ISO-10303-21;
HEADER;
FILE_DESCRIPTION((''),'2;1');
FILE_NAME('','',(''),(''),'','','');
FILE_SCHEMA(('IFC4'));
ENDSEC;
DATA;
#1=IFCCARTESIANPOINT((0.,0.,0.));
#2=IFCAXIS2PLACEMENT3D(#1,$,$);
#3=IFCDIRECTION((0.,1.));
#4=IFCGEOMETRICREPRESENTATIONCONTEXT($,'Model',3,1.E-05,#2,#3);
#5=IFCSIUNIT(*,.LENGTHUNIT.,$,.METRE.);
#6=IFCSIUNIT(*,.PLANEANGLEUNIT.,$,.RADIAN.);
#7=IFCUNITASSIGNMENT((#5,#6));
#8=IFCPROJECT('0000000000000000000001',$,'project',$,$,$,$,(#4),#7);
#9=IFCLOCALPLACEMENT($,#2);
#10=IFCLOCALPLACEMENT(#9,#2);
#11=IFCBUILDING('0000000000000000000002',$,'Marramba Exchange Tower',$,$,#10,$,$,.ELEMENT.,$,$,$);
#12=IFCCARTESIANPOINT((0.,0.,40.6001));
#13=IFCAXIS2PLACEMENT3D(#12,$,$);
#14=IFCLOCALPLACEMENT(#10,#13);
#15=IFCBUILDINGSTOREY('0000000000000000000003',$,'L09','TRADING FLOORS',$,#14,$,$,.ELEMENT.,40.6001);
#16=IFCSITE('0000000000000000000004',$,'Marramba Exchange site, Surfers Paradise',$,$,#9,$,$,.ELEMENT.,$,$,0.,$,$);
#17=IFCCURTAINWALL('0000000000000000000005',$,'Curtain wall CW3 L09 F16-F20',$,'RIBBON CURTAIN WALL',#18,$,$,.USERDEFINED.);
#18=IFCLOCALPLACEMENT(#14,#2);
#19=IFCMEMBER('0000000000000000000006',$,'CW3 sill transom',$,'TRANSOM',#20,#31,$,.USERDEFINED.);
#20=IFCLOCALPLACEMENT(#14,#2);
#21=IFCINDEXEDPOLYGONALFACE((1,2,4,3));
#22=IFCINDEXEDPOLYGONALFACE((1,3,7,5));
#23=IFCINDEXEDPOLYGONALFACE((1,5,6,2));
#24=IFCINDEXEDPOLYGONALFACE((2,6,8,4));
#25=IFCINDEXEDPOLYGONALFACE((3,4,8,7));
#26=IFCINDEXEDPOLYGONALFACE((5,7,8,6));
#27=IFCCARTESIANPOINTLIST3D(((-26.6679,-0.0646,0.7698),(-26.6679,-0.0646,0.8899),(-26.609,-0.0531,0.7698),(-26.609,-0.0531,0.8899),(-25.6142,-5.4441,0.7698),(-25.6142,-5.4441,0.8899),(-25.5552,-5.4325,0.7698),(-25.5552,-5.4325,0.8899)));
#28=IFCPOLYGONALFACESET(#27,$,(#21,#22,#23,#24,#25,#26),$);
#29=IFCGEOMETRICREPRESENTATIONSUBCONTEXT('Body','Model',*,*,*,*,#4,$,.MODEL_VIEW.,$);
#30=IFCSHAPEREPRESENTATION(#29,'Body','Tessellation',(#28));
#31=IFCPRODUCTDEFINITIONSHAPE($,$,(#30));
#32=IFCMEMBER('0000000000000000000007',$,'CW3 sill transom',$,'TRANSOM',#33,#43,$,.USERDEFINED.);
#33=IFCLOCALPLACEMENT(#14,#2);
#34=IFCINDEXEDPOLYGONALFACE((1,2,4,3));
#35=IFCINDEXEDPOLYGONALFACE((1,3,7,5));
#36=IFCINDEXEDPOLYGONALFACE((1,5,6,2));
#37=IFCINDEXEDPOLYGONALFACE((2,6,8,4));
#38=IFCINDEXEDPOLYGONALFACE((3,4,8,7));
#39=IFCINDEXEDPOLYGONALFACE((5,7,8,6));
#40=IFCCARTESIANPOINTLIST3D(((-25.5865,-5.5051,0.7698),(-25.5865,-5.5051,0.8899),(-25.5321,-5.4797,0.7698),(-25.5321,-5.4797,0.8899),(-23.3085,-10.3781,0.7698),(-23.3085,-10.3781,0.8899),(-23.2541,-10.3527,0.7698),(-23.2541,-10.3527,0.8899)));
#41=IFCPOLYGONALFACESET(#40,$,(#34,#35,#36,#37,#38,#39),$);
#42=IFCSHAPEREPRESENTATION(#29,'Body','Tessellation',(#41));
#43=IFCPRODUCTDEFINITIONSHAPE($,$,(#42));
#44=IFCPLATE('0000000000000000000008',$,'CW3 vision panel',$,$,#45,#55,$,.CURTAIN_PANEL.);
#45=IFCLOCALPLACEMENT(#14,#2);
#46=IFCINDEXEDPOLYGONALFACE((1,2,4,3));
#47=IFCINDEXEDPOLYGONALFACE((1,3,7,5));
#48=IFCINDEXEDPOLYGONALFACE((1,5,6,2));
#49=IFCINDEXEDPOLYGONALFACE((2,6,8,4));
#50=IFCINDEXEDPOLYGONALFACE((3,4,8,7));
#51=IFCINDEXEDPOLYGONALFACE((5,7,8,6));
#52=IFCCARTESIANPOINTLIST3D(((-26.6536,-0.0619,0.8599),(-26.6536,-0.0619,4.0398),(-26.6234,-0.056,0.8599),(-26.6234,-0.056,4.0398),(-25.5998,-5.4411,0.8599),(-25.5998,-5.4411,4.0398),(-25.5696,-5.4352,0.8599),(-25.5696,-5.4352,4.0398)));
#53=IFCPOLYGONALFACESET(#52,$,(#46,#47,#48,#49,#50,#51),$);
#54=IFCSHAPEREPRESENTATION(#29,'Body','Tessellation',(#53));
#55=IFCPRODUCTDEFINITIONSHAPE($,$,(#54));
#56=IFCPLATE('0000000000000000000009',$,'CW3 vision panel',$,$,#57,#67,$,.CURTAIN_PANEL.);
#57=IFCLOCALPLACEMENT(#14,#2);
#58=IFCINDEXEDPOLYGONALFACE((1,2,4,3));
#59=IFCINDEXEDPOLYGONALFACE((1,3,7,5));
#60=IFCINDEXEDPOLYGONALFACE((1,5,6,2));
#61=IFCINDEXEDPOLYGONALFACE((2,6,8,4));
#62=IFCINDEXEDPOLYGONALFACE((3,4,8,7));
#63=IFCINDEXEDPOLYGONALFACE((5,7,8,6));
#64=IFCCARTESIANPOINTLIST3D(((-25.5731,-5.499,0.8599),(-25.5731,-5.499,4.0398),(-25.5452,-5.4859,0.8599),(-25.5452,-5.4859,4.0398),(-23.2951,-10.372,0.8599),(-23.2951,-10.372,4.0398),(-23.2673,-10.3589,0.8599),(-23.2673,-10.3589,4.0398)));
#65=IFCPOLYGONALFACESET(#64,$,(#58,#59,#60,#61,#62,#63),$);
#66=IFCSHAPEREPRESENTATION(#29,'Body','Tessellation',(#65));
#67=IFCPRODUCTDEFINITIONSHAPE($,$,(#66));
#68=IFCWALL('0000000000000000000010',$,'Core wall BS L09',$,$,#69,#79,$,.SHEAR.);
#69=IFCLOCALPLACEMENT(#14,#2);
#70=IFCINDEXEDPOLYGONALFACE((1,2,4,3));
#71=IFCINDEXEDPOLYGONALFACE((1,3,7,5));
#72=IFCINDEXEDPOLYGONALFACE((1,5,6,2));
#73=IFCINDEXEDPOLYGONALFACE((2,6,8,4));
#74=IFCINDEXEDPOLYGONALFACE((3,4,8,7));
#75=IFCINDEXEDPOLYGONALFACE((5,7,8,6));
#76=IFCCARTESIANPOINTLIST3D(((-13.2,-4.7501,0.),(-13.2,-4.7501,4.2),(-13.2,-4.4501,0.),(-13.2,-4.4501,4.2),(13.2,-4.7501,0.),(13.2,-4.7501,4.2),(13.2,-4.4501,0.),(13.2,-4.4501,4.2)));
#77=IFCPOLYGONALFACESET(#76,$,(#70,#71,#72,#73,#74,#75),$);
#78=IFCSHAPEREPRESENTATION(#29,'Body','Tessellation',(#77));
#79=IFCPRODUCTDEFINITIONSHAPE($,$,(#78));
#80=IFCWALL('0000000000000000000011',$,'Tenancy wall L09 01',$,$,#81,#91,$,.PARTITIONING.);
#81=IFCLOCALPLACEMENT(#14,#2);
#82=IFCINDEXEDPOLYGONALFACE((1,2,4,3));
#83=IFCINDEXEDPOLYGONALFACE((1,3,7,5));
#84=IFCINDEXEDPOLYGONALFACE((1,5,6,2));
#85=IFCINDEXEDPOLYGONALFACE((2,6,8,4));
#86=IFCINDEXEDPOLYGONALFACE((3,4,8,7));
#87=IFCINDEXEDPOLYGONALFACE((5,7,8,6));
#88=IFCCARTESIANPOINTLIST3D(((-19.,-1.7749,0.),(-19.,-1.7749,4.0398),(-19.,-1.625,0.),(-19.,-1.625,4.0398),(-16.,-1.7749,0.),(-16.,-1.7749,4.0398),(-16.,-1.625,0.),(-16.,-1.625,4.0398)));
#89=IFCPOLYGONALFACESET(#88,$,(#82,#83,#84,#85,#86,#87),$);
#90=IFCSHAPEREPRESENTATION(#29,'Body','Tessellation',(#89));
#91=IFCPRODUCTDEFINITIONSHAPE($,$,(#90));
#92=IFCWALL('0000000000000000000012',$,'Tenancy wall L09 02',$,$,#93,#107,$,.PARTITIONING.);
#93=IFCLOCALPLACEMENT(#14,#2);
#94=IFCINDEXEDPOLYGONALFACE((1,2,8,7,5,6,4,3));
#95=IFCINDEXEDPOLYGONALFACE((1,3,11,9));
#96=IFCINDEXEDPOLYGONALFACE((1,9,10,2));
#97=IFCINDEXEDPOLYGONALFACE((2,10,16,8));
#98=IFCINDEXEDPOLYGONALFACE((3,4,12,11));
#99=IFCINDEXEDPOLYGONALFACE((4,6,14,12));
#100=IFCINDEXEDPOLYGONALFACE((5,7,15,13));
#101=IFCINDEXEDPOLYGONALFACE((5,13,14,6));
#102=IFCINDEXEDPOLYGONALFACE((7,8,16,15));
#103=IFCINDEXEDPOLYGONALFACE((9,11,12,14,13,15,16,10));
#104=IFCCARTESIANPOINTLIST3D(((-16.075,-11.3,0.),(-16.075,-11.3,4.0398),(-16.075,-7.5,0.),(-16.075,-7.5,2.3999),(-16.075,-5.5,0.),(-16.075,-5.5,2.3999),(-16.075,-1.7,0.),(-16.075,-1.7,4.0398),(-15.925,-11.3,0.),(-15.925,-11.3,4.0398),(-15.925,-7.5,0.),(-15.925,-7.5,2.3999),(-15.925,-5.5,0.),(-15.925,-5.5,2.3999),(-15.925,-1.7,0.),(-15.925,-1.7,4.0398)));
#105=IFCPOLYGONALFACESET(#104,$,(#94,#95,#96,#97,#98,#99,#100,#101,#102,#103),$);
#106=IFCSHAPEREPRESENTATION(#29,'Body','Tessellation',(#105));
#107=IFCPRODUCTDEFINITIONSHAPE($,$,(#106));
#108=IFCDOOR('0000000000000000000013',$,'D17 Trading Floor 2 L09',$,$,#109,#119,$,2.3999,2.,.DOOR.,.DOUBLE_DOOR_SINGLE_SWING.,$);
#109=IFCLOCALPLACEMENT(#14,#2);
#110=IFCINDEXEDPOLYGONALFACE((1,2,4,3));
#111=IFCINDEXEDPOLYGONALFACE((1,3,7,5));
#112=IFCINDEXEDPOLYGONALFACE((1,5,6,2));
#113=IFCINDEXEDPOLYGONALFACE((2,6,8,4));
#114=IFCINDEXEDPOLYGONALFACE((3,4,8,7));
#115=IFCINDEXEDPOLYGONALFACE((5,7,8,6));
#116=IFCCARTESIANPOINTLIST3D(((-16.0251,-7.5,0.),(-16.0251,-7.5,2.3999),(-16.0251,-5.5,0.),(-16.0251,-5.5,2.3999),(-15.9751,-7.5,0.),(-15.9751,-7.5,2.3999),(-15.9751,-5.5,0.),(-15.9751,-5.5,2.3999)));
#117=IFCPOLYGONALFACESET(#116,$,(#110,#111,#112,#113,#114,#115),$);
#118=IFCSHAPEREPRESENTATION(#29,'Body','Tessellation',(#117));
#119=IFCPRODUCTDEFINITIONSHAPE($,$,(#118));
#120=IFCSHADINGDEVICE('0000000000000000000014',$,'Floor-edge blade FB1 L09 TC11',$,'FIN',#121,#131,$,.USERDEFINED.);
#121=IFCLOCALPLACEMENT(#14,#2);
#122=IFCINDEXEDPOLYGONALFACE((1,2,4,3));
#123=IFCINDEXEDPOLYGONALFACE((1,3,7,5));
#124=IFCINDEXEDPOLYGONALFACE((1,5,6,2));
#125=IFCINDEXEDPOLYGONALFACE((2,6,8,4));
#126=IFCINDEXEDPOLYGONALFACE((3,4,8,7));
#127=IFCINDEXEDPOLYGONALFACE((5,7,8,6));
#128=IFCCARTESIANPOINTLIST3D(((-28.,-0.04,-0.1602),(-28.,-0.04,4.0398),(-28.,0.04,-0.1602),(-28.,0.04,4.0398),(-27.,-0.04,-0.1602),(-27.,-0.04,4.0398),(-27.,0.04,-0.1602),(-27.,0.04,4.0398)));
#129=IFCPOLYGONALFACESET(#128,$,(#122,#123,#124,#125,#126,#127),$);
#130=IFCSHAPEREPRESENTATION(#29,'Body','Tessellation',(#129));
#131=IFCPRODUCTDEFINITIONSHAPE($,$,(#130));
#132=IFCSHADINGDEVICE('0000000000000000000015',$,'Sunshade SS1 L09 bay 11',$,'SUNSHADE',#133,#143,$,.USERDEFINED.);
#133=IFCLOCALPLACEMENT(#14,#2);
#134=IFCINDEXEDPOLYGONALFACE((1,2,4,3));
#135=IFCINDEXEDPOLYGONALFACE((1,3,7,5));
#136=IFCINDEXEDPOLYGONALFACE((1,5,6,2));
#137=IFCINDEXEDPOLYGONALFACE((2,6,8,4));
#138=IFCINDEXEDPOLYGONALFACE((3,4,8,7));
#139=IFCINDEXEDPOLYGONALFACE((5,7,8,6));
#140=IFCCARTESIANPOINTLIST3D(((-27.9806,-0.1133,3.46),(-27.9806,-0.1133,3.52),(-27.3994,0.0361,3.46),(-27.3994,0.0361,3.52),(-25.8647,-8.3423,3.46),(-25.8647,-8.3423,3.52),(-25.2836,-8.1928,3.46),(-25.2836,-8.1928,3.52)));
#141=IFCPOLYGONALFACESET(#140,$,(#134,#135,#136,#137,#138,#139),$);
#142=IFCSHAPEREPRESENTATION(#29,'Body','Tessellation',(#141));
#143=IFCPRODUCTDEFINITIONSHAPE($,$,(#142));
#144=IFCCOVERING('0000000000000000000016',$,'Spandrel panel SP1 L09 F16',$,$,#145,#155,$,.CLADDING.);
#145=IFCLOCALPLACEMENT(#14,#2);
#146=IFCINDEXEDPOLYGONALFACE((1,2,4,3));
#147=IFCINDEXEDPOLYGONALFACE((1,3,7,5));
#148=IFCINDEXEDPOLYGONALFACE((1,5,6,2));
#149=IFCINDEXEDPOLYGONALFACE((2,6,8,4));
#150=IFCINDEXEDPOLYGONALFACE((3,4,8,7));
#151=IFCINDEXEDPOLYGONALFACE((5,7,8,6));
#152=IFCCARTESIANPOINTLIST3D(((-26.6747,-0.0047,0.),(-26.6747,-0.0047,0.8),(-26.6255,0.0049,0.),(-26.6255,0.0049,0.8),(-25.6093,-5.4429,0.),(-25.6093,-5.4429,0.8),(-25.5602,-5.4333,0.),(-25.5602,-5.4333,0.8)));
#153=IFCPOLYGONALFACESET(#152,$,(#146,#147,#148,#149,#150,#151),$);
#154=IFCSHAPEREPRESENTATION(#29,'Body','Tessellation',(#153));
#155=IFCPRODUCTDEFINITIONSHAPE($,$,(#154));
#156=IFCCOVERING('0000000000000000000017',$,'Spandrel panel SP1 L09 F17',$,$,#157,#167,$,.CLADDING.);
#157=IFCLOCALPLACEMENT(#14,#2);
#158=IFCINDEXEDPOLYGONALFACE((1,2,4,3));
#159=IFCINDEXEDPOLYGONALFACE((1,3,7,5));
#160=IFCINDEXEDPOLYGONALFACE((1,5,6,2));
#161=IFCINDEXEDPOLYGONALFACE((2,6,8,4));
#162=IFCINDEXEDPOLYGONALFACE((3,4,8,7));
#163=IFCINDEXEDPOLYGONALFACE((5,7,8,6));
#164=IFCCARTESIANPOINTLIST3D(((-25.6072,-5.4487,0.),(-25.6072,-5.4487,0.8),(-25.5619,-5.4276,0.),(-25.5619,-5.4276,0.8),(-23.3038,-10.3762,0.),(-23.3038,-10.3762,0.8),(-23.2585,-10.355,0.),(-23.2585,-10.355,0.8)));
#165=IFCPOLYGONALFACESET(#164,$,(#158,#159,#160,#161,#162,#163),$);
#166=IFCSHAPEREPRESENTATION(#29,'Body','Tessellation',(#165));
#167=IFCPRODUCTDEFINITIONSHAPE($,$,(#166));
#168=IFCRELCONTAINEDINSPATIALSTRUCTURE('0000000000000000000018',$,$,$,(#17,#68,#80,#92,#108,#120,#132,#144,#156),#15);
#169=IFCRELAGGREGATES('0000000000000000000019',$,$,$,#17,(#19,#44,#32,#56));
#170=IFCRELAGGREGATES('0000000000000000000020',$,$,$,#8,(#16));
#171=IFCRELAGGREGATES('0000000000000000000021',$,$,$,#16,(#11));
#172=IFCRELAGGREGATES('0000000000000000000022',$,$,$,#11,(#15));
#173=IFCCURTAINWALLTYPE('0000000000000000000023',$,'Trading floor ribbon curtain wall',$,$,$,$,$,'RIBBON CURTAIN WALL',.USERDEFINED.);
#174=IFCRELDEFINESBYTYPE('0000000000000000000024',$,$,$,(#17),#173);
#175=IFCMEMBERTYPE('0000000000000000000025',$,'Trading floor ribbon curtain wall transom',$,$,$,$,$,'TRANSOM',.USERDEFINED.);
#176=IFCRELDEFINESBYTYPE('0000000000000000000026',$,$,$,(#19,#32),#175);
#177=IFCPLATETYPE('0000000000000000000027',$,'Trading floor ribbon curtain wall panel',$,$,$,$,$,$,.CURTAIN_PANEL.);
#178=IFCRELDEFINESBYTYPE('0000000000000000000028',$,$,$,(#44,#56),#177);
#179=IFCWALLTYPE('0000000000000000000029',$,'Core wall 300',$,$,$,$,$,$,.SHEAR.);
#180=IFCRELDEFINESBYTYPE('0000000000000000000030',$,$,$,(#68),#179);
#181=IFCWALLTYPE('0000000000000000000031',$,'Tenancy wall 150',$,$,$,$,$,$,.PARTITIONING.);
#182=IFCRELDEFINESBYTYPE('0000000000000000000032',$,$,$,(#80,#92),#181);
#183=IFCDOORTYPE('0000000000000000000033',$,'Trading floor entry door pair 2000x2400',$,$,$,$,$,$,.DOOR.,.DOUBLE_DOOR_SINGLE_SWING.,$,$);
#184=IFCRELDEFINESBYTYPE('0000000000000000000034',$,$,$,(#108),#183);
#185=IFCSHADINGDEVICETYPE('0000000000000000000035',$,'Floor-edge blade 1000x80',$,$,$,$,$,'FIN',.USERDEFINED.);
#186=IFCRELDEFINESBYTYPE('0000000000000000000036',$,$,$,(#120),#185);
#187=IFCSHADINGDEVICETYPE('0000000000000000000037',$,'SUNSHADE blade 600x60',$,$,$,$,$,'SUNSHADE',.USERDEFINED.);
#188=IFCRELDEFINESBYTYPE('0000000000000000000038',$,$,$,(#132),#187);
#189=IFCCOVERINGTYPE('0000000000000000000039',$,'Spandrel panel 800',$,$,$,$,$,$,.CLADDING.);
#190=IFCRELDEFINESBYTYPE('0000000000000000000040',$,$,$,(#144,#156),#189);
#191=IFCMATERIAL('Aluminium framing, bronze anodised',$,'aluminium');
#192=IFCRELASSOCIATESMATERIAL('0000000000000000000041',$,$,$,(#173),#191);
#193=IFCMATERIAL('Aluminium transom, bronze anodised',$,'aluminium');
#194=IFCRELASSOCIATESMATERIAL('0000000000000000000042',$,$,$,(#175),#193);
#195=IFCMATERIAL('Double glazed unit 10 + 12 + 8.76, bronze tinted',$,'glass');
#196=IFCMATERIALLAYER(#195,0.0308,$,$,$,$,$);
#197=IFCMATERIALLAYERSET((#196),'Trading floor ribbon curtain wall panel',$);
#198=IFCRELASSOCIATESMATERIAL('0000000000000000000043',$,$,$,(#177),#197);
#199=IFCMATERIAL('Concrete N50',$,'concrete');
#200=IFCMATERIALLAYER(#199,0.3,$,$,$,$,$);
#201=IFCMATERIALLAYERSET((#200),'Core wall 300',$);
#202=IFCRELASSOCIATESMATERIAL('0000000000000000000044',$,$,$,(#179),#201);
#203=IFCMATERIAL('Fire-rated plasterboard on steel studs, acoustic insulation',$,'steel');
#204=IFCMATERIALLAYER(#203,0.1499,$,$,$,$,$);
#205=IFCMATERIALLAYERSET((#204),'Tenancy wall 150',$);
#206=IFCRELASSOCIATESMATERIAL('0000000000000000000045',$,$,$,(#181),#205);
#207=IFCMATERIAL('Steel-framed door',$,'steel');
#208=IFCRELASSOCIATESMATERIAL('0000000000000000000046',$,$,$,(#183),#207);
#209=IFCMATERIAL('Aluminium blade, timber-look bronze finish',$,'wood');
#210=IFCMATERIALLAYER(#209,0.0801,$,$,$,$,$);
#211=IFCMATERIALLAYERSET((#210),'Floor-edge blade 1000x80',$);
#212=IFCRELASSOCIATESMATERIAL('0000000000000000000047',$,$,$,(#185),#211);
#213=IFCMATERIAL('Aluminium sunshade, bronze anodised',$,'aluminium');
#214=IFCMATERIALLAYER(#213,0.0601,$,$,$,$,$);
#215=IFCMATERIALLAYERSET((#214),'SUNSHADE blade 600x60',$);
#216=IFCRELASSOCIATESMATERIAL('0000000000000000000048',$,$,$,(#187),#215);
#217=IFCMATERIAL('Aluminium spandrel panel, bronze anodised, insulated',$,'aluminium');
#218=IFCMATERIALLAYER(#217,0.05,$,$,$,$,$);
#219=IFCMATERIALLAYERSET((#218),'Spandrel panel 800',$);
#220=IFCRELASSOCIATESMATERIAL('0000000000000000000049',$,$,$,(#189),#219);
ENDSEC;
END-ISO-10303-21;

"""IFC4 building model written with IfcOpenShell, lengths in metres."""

from ifc_helpers import new_model, si_unit, direction, frame, frame_2d, origin, origin_2d, place, context, subcontext, project, spatial, rectangle, extrude, material, layer, layer_set, material_profile, profile_set, type_object, element, fill, aggregate, save


model = new_model("IFC4")

# Units and contexts
model_context = context("Model", 3, precision=1e-05, world=origin(), true_north=direction((0.0, 1.0)))
body_context = subcontext(model_context, "Body", "Model", "MODEL_VIEW")
ifc_project = project(units=[si_unit("LENGTHUNIT", "METRE"), si_unit("PLANEANGLEUNIT", "RADIAN")], contexts=[model_context])

# Site, building, storey
site_placement = place(None, origin())
site = spatial("IfcSite", under=ifc_project, at=site_placement, Name="Marramba Exchange site, Surfers Paradise", CompositionType="ELEMENT", RefElevation=0.0)
building_placement = place(site_placement, origin())
building = spatial("IfcBuilding", under=site, at=building_placement, Name="Marramba Exchange Tower", CompositionType="ELEMENT")
storey_placement = place(building_placement, frame((0.0, 0.0, 40.6001)))
storey = spatial("IfcBuildingStorey", under=building, at=storey_placement, Name="L09", Description="TRADING FLOORS", CompositionType="ELEMENT", Elevation=40.6001)

# Shared definitions
ifc_material_1 = material(Name="Concrete N50", Category="concrete")

# Curtain wall, members, plates
ifc_material_2 = material(Name="Aluminium framing, bronze anodised", Category="aluminium")
curtain_wall_type = type_object("IfcCurtainWallType", Name="Trading floor ribbon curtain wall", ElementType="RIBBON CURTAIN WALL", PredefinedType="USERDEFINED", material=ifc_material_2)
curtain_wall_placement = place(storey_placement, origin())
curtain_wall = element("IfcCurtainWall", 1, at=curtain_wall_placement, inside=storey, type_object=curtain_wall_type, Name="Curtain wall CW3 L09 F16-F20", ObjectType="RIBBON CURTAIN WALL", PredefinedType="USERDEFINED")
ifc_material_3 = material(Name="Aluminium transom, bronze anodised", Category="aluminium")
ifc_material_profile_1 = material_profile(ifc_material_3, rectangle(XDim=0.0601, YDim=0.1201, at=origin_2d()), Name="CW3 transom 60x120")
ifc_profile_set_1 = profile_set([ifc_material_profile_1], Name="Aluminium transom, bronze anodised")
member_type_1 = type_object("IfcMemberType", Name="Trading floor ribbon curtain wall transom", ElementType="TRANSOM", PredefinedType="USERDEFINED", material=ifc_profile_set_1)
member_1_placement = place(storey_placement, frame((-26.6384, -0.0588, 0.8298), z_axis=(0.192226, -0.981351, 0.0), x_axis=(0.981351, 0.192226, 0.0)))
member_1 = element("IfcMember", 2, at=member_1_placement, type_object=member_type_1, Name="CW3 sill transom", ObjectType="TRANSOM", PredefinedType="USERDEFINED", context=body_context, shape_type="SweptSolid", body=[
    extrude(rectangle(XDim=0.0601, YDim=0.1201, at=origin_2d()), origin(), (0.0, 0.0, 1.0), 5.4817),
])
member_2_placement = place(storey_placement, frame((-25.5593, -5.4924, 0.8298), z_axis=(0.423494, -0.905899, 0.0), x_axis=(0.905899, 0.423494, 0.0)))
member_2 = element("IfcMember", 3, at=member_2_placement, type_object=member_type_1, Name="CW3 sill transom", ObjectType="TRANSOM", PredefinedType="USERDEFINED", context=body_context, shape_type="SweptSolid", body=[
    extrude(rectangle(XDim=0.0601, YDim=0.1201, at=origin_2d()), origin(), (0.0, 0.0, 1.0), 5.3792),
])
ifc_material_4 = material(Name="Double glazed unit 10 + 12 + 8.76, bronze tinted", Category="glass")
ifc_layer_1 = layer(ifc_material_4, 0.0308)
ifc_layer_set_1 = layer_set([ifc_layer_1], Name="Trading floor ribbon curtain wall panel")
plate_type = type_object("IfcPlateType", Name="Trading floor ribbon curtain wall panel", PredefinedType="CURTAIN_PANEL", material=ifc_layer_set_1)
plate_1_placement = place(storey_placement, frame((-26.1116, -2.7485, 0.8599), z_axis=(0.0, 0.0, 1.0), x_axis=(0.192249, -0.981346, 0.0)))
plate_1 = element("IfcPlate", 4, at=plate_1_placement, type_object=plate_type, Name="CW3 vision panel", PredefinedType="CURTAIN_PANEL", context=body_context, shape_type="SweptSolid", body=[
    extrude(rectangle(XDim=5.4814, YDim=0.0308, at=origin_2d()), origin(), (0.0, 0.0, 1.0), 3.1799),
])
plate_2_placement = place(storey_placement, frame((-24.4202, -7.929, 0.8599), z_axis=(0.0, 0.0, 1.0), x_axis=(0.423477, -0.905907, 0.0)))
plate_2 = element("IfcPlate", 5, at=plate_2_placement, type_object=plate_type, Name="CW3 vision panel", PredefinedType="CURTAIN_PANEL", context=body_context, shape_type="SweptSolid", body=[
    extrude(rectangle(XDim=5.3792, YDim=0.0308, at=origin_2d()), origin(), (0.0, 0.0, 1.0), 3.1799),
])
aggregate(curtain_wall, [member_1, plate_1, member_2, plate_2])

# Walls
ifc_layer_2 = layer(ifc_material_1, 0.3)
ifc_layer_set_2 = layer_set([ifc_layer_2], Name="Core wall 300")
wall_type_1 = type_object("IfcWallType", Name="Core wall 300", PredefinedType="SHEAR", material=ifc_layer_set_2)
wall_1_placement = place(storey_placement, frame((-13.2, -4.6001, 0.0), z_axis=(0.0, 0.0, 1.0), x_axis=(1.0, 0.0, 0.0)))
element("IfcWall", 6, at=wall_1_placement, inside=storey, type_object=wall_type_1, Name="Core wall BS L09", PredefinedType="SHEAR", context=body_context, shape_type="SweptSolid", body=[
    extrude(rectangle(XDim=26.3999, YDim=0.3, at=frame_2d((13.2, 0.0))), origin(), (0.0, 0.0, 1.0), 4.2),
])
ifc_material_5 = material(Name="Fire-rated plasterboard on steel studs, acoustic insulation", Category="steel")
ifc_layer_3 = layer(ifc_material_5, 0.1499)
ifc_layer_set_3 = layer_set([ifc_layer_3], Name="Tenancy wall 150")
wall_type_2 = type_object("IfcWallType", Name="Tenancy wall 150", PredefinedType="PARTITIONING", material=ifc_layer_set_3)
wall_2_placement = place(storey_placement, frame((-19.0, -1.7, 0.0), z_axis=(0.0, 0.0, 1.0), x_axis=(1.0, 0.0, 0.0)))
element("IfcWall", 7, at=wall_2_placement, inside=storey, type_object=wall_type_2, Name="Tenancy wall L09 01", PredefinedType="PARTITIONING", context=body_context, shape_type="SweptSolid", body=[
    extrude(rectangle(XDim=3.0, YDim=0.1499, at=frame_2d((1.5, 0.0))), origin(), (0.0, 0.0, 1.0), 4.0398),
])

# Wall, opening, door
wall_3_placement = place(storey_placement, frame((-16.0, -1.7, 0.0), z_axis=(0.0, 0.0, 1.0), x_axis=(0.0, -1.0, 0.0)))
wall_3 = element("IfcWall", 8, at=wall_3_placement, inside=storey, type_object=wall_type_2, Name="Tenancy wall L09 02", PredefinedType="PARTITIONING", context=body_context, shape_type="SweptSolid", body=[
    extrude(rectangle(XDim=9.6001, YDim=0.1499, at=frame_2d((4.8, 0.0))), origin(), (0.0, 0.0, 1.0), 4.0398),
])
opening_placement = place(wall_3_placement, frame((3.8, 0.0, 0.0)))
opening = element("IfcOpeningElement", 9, at=opening_placement, cuts=wall_3, PredefinedType="OPENING", context=body_context, shape_type="SweptSolid", body=[
    extrude(rectangle(XDim=2.0, YDim=2.3999, at=frame_2d((1.0, 1.2))), frame((0.0, 0.085, 0.0), z_axis=(0.0, -1.0, 0.0), x_axis=(1.0, 0.0, 0.0)), (0.0, 0.0, 1.0), 0.1699),
])
ifc_material_6 = material(Name="Steel-framed door", Category="steel")
door_type = type_object("IfcDoorType", Name="Trading floor entry door pair 2000x2400", OperationType="DOUBLE_DOOR_SINGLE_SWING", PredefinedType="DOOR", material=ifc_material_6)
door_placement = place(opening_placement, origin())
door = element("IfcDoor", 10, at=door_placement, inside=storey, type_object=door_type, Name="D17 Trading Floor 2 L09", OperationType="DOUBLE_DOOR_SINGLE_SWING", OverallHeight=2.3999, OverallWidth=2.0, PredefinedType="DOOR", context=body_context, shape_type="SweptSolid", body=[
    extrude(rectangle(XDim=2.0, YDim=2.3999, at=frame_2d((1.0, 1.2))), frame((0.0, 0.0249, 0.0), z_axis=(0.0, -1.0, 0.0), x_axis=(1.0, 0.0, 0.0)), (0.0, 0.0, 1.0), 0.05),
])
fill(opening, door)

# Shading devices
ifc_material_7 = material(Name="Aluminium blade, timber-look bronze finish", Category="wood")
ifc_layer_4 = layer(ifc_material_7, 0.0801)
ifc_layer_set_4 = layer_set([ifc_layer_4], Name="Floor-edge blade 1000x80")
shading_device_type_1 = type_object("IfcShadingDeviceType", Name="Floor-edge blade 1000x80", ElementType="FIN", PredefinedType="USERDEFINED", material=ifc_layer_set_4)
shading_device_1_placement = place(storey_placement, frame((-27.5, 0.0, -0.1602), z_axis=(0.0, 0.0, 1.0), x_axis=(-1.0, 0.0, 0.0)))
element("IfcShadingDevice", 11, at=shading_device_1_placement, inside=storey, type_object=shading_device_type_1, Name="Floor-edge blade FB1 L09 TC11", ObjectType="FIN", PredefinedType="USERDEFINED", context=body_context, shape_type="SweptSolid", body=[
    extrude(rectangle(XDim=1.0, YDim=0.0801, at=origin_2d()), origin(), (0.0, 0.0, 1.0), 4.2),
])
ifc_material_8 = material(Name="Aluminium sunshade, bronze anodised", Category="aluminium")
ifc_layer_5 = layer(ifc_material_8, 0.0601)
ifc_layer_set_5 = layer_set([ifc_layer_5], Name="SUNSHADE blade 600x60")
shading_device_type_2 = type_object("IfcShadingDeviceType", Name="SUNSHADE blade 600x60", ElementType="SUNSHADE", PredefinedType="USERDEFINED", material=ifc_layer_set_5)
shading_device_2_placement = place(storey_placement, frame((-26.6321, -4.1531, 3.46), z_axis=(0.0, 0.0, 1.0), x_axis=(0.249025, -0.968497, 0.0)))
element("IfcShadingDevice", 12, at=shading_device_2_placement, inside=storey, type_object=shading_device_type_2, Name="Sunshade SS1 L09 bay 11", ObjectType="SUNSHADE", PredefinedType="USERDEFINED", context=body_context, shape_type="SweptSolid", body=[
    extrude(rectangle(XDim=8.4966, YDim=0.6001, at=origin_2d()), origin(), (0.0, 0.0, 1.0), 0.0601),
])

# Coverings
ifc_material_9 = material(Name="Aluminium spandrel panel, bronze anodised, insulated", Category="aluminium")
ifc_layer_6 = layer(ifc_material_9, 0.05)
ifc_layer_set_6 = layer_set([ifc_layer_6], Name="Spandrel panel 800")
covering_type = type_object("IfcCoveringType", Name="Spandrel panel 800", PredefinedType="CLADDING", material=ifc_layer_set_6)
covering_1_placement = place(storey_placement, frame((-26.1174, -2.719, 0.0), z_axis=(0.0, 0.0, 1.0), x_axis=(0.192249, -0.981346, 0.0)))
element("IfcCovering", 13, at=covering_1_placement, inside=storey, type_object=covering_type, Name="Spandrel panel SP1 L09 F16", PredefinedType="CLADDING", context=body_context, shape_type="SweptSolid", body=[
    extrude(rectangle(XDim=5.5415, YDim=0.05, at=origin_2d()), origin(), (0.0, 0.0, 1.0), 0.8),
])
covering_2_placement = place(storey_placement, frame((-24.4329, -7.9019, 0.0), z_axis=(0.0, 0.0, 1.0), x_axis=(0.423477, -0.905907, 0.0)))
element("IfcCovering", 14, at=covering_2_placement, inside=storey, type_object=covering_type, Name="Spandrel panel SP1 L09 F17", PredefinedType="CLADDING", context=body_context, shape_type="SweptSolid", body=[
    extrude(rectangle(XDim=5.4392, YDim=0.05, at=origin_2d()), origin(), (0.0, 0.0, 1.0), 0.8),
])

save(model, "model.ifc")
